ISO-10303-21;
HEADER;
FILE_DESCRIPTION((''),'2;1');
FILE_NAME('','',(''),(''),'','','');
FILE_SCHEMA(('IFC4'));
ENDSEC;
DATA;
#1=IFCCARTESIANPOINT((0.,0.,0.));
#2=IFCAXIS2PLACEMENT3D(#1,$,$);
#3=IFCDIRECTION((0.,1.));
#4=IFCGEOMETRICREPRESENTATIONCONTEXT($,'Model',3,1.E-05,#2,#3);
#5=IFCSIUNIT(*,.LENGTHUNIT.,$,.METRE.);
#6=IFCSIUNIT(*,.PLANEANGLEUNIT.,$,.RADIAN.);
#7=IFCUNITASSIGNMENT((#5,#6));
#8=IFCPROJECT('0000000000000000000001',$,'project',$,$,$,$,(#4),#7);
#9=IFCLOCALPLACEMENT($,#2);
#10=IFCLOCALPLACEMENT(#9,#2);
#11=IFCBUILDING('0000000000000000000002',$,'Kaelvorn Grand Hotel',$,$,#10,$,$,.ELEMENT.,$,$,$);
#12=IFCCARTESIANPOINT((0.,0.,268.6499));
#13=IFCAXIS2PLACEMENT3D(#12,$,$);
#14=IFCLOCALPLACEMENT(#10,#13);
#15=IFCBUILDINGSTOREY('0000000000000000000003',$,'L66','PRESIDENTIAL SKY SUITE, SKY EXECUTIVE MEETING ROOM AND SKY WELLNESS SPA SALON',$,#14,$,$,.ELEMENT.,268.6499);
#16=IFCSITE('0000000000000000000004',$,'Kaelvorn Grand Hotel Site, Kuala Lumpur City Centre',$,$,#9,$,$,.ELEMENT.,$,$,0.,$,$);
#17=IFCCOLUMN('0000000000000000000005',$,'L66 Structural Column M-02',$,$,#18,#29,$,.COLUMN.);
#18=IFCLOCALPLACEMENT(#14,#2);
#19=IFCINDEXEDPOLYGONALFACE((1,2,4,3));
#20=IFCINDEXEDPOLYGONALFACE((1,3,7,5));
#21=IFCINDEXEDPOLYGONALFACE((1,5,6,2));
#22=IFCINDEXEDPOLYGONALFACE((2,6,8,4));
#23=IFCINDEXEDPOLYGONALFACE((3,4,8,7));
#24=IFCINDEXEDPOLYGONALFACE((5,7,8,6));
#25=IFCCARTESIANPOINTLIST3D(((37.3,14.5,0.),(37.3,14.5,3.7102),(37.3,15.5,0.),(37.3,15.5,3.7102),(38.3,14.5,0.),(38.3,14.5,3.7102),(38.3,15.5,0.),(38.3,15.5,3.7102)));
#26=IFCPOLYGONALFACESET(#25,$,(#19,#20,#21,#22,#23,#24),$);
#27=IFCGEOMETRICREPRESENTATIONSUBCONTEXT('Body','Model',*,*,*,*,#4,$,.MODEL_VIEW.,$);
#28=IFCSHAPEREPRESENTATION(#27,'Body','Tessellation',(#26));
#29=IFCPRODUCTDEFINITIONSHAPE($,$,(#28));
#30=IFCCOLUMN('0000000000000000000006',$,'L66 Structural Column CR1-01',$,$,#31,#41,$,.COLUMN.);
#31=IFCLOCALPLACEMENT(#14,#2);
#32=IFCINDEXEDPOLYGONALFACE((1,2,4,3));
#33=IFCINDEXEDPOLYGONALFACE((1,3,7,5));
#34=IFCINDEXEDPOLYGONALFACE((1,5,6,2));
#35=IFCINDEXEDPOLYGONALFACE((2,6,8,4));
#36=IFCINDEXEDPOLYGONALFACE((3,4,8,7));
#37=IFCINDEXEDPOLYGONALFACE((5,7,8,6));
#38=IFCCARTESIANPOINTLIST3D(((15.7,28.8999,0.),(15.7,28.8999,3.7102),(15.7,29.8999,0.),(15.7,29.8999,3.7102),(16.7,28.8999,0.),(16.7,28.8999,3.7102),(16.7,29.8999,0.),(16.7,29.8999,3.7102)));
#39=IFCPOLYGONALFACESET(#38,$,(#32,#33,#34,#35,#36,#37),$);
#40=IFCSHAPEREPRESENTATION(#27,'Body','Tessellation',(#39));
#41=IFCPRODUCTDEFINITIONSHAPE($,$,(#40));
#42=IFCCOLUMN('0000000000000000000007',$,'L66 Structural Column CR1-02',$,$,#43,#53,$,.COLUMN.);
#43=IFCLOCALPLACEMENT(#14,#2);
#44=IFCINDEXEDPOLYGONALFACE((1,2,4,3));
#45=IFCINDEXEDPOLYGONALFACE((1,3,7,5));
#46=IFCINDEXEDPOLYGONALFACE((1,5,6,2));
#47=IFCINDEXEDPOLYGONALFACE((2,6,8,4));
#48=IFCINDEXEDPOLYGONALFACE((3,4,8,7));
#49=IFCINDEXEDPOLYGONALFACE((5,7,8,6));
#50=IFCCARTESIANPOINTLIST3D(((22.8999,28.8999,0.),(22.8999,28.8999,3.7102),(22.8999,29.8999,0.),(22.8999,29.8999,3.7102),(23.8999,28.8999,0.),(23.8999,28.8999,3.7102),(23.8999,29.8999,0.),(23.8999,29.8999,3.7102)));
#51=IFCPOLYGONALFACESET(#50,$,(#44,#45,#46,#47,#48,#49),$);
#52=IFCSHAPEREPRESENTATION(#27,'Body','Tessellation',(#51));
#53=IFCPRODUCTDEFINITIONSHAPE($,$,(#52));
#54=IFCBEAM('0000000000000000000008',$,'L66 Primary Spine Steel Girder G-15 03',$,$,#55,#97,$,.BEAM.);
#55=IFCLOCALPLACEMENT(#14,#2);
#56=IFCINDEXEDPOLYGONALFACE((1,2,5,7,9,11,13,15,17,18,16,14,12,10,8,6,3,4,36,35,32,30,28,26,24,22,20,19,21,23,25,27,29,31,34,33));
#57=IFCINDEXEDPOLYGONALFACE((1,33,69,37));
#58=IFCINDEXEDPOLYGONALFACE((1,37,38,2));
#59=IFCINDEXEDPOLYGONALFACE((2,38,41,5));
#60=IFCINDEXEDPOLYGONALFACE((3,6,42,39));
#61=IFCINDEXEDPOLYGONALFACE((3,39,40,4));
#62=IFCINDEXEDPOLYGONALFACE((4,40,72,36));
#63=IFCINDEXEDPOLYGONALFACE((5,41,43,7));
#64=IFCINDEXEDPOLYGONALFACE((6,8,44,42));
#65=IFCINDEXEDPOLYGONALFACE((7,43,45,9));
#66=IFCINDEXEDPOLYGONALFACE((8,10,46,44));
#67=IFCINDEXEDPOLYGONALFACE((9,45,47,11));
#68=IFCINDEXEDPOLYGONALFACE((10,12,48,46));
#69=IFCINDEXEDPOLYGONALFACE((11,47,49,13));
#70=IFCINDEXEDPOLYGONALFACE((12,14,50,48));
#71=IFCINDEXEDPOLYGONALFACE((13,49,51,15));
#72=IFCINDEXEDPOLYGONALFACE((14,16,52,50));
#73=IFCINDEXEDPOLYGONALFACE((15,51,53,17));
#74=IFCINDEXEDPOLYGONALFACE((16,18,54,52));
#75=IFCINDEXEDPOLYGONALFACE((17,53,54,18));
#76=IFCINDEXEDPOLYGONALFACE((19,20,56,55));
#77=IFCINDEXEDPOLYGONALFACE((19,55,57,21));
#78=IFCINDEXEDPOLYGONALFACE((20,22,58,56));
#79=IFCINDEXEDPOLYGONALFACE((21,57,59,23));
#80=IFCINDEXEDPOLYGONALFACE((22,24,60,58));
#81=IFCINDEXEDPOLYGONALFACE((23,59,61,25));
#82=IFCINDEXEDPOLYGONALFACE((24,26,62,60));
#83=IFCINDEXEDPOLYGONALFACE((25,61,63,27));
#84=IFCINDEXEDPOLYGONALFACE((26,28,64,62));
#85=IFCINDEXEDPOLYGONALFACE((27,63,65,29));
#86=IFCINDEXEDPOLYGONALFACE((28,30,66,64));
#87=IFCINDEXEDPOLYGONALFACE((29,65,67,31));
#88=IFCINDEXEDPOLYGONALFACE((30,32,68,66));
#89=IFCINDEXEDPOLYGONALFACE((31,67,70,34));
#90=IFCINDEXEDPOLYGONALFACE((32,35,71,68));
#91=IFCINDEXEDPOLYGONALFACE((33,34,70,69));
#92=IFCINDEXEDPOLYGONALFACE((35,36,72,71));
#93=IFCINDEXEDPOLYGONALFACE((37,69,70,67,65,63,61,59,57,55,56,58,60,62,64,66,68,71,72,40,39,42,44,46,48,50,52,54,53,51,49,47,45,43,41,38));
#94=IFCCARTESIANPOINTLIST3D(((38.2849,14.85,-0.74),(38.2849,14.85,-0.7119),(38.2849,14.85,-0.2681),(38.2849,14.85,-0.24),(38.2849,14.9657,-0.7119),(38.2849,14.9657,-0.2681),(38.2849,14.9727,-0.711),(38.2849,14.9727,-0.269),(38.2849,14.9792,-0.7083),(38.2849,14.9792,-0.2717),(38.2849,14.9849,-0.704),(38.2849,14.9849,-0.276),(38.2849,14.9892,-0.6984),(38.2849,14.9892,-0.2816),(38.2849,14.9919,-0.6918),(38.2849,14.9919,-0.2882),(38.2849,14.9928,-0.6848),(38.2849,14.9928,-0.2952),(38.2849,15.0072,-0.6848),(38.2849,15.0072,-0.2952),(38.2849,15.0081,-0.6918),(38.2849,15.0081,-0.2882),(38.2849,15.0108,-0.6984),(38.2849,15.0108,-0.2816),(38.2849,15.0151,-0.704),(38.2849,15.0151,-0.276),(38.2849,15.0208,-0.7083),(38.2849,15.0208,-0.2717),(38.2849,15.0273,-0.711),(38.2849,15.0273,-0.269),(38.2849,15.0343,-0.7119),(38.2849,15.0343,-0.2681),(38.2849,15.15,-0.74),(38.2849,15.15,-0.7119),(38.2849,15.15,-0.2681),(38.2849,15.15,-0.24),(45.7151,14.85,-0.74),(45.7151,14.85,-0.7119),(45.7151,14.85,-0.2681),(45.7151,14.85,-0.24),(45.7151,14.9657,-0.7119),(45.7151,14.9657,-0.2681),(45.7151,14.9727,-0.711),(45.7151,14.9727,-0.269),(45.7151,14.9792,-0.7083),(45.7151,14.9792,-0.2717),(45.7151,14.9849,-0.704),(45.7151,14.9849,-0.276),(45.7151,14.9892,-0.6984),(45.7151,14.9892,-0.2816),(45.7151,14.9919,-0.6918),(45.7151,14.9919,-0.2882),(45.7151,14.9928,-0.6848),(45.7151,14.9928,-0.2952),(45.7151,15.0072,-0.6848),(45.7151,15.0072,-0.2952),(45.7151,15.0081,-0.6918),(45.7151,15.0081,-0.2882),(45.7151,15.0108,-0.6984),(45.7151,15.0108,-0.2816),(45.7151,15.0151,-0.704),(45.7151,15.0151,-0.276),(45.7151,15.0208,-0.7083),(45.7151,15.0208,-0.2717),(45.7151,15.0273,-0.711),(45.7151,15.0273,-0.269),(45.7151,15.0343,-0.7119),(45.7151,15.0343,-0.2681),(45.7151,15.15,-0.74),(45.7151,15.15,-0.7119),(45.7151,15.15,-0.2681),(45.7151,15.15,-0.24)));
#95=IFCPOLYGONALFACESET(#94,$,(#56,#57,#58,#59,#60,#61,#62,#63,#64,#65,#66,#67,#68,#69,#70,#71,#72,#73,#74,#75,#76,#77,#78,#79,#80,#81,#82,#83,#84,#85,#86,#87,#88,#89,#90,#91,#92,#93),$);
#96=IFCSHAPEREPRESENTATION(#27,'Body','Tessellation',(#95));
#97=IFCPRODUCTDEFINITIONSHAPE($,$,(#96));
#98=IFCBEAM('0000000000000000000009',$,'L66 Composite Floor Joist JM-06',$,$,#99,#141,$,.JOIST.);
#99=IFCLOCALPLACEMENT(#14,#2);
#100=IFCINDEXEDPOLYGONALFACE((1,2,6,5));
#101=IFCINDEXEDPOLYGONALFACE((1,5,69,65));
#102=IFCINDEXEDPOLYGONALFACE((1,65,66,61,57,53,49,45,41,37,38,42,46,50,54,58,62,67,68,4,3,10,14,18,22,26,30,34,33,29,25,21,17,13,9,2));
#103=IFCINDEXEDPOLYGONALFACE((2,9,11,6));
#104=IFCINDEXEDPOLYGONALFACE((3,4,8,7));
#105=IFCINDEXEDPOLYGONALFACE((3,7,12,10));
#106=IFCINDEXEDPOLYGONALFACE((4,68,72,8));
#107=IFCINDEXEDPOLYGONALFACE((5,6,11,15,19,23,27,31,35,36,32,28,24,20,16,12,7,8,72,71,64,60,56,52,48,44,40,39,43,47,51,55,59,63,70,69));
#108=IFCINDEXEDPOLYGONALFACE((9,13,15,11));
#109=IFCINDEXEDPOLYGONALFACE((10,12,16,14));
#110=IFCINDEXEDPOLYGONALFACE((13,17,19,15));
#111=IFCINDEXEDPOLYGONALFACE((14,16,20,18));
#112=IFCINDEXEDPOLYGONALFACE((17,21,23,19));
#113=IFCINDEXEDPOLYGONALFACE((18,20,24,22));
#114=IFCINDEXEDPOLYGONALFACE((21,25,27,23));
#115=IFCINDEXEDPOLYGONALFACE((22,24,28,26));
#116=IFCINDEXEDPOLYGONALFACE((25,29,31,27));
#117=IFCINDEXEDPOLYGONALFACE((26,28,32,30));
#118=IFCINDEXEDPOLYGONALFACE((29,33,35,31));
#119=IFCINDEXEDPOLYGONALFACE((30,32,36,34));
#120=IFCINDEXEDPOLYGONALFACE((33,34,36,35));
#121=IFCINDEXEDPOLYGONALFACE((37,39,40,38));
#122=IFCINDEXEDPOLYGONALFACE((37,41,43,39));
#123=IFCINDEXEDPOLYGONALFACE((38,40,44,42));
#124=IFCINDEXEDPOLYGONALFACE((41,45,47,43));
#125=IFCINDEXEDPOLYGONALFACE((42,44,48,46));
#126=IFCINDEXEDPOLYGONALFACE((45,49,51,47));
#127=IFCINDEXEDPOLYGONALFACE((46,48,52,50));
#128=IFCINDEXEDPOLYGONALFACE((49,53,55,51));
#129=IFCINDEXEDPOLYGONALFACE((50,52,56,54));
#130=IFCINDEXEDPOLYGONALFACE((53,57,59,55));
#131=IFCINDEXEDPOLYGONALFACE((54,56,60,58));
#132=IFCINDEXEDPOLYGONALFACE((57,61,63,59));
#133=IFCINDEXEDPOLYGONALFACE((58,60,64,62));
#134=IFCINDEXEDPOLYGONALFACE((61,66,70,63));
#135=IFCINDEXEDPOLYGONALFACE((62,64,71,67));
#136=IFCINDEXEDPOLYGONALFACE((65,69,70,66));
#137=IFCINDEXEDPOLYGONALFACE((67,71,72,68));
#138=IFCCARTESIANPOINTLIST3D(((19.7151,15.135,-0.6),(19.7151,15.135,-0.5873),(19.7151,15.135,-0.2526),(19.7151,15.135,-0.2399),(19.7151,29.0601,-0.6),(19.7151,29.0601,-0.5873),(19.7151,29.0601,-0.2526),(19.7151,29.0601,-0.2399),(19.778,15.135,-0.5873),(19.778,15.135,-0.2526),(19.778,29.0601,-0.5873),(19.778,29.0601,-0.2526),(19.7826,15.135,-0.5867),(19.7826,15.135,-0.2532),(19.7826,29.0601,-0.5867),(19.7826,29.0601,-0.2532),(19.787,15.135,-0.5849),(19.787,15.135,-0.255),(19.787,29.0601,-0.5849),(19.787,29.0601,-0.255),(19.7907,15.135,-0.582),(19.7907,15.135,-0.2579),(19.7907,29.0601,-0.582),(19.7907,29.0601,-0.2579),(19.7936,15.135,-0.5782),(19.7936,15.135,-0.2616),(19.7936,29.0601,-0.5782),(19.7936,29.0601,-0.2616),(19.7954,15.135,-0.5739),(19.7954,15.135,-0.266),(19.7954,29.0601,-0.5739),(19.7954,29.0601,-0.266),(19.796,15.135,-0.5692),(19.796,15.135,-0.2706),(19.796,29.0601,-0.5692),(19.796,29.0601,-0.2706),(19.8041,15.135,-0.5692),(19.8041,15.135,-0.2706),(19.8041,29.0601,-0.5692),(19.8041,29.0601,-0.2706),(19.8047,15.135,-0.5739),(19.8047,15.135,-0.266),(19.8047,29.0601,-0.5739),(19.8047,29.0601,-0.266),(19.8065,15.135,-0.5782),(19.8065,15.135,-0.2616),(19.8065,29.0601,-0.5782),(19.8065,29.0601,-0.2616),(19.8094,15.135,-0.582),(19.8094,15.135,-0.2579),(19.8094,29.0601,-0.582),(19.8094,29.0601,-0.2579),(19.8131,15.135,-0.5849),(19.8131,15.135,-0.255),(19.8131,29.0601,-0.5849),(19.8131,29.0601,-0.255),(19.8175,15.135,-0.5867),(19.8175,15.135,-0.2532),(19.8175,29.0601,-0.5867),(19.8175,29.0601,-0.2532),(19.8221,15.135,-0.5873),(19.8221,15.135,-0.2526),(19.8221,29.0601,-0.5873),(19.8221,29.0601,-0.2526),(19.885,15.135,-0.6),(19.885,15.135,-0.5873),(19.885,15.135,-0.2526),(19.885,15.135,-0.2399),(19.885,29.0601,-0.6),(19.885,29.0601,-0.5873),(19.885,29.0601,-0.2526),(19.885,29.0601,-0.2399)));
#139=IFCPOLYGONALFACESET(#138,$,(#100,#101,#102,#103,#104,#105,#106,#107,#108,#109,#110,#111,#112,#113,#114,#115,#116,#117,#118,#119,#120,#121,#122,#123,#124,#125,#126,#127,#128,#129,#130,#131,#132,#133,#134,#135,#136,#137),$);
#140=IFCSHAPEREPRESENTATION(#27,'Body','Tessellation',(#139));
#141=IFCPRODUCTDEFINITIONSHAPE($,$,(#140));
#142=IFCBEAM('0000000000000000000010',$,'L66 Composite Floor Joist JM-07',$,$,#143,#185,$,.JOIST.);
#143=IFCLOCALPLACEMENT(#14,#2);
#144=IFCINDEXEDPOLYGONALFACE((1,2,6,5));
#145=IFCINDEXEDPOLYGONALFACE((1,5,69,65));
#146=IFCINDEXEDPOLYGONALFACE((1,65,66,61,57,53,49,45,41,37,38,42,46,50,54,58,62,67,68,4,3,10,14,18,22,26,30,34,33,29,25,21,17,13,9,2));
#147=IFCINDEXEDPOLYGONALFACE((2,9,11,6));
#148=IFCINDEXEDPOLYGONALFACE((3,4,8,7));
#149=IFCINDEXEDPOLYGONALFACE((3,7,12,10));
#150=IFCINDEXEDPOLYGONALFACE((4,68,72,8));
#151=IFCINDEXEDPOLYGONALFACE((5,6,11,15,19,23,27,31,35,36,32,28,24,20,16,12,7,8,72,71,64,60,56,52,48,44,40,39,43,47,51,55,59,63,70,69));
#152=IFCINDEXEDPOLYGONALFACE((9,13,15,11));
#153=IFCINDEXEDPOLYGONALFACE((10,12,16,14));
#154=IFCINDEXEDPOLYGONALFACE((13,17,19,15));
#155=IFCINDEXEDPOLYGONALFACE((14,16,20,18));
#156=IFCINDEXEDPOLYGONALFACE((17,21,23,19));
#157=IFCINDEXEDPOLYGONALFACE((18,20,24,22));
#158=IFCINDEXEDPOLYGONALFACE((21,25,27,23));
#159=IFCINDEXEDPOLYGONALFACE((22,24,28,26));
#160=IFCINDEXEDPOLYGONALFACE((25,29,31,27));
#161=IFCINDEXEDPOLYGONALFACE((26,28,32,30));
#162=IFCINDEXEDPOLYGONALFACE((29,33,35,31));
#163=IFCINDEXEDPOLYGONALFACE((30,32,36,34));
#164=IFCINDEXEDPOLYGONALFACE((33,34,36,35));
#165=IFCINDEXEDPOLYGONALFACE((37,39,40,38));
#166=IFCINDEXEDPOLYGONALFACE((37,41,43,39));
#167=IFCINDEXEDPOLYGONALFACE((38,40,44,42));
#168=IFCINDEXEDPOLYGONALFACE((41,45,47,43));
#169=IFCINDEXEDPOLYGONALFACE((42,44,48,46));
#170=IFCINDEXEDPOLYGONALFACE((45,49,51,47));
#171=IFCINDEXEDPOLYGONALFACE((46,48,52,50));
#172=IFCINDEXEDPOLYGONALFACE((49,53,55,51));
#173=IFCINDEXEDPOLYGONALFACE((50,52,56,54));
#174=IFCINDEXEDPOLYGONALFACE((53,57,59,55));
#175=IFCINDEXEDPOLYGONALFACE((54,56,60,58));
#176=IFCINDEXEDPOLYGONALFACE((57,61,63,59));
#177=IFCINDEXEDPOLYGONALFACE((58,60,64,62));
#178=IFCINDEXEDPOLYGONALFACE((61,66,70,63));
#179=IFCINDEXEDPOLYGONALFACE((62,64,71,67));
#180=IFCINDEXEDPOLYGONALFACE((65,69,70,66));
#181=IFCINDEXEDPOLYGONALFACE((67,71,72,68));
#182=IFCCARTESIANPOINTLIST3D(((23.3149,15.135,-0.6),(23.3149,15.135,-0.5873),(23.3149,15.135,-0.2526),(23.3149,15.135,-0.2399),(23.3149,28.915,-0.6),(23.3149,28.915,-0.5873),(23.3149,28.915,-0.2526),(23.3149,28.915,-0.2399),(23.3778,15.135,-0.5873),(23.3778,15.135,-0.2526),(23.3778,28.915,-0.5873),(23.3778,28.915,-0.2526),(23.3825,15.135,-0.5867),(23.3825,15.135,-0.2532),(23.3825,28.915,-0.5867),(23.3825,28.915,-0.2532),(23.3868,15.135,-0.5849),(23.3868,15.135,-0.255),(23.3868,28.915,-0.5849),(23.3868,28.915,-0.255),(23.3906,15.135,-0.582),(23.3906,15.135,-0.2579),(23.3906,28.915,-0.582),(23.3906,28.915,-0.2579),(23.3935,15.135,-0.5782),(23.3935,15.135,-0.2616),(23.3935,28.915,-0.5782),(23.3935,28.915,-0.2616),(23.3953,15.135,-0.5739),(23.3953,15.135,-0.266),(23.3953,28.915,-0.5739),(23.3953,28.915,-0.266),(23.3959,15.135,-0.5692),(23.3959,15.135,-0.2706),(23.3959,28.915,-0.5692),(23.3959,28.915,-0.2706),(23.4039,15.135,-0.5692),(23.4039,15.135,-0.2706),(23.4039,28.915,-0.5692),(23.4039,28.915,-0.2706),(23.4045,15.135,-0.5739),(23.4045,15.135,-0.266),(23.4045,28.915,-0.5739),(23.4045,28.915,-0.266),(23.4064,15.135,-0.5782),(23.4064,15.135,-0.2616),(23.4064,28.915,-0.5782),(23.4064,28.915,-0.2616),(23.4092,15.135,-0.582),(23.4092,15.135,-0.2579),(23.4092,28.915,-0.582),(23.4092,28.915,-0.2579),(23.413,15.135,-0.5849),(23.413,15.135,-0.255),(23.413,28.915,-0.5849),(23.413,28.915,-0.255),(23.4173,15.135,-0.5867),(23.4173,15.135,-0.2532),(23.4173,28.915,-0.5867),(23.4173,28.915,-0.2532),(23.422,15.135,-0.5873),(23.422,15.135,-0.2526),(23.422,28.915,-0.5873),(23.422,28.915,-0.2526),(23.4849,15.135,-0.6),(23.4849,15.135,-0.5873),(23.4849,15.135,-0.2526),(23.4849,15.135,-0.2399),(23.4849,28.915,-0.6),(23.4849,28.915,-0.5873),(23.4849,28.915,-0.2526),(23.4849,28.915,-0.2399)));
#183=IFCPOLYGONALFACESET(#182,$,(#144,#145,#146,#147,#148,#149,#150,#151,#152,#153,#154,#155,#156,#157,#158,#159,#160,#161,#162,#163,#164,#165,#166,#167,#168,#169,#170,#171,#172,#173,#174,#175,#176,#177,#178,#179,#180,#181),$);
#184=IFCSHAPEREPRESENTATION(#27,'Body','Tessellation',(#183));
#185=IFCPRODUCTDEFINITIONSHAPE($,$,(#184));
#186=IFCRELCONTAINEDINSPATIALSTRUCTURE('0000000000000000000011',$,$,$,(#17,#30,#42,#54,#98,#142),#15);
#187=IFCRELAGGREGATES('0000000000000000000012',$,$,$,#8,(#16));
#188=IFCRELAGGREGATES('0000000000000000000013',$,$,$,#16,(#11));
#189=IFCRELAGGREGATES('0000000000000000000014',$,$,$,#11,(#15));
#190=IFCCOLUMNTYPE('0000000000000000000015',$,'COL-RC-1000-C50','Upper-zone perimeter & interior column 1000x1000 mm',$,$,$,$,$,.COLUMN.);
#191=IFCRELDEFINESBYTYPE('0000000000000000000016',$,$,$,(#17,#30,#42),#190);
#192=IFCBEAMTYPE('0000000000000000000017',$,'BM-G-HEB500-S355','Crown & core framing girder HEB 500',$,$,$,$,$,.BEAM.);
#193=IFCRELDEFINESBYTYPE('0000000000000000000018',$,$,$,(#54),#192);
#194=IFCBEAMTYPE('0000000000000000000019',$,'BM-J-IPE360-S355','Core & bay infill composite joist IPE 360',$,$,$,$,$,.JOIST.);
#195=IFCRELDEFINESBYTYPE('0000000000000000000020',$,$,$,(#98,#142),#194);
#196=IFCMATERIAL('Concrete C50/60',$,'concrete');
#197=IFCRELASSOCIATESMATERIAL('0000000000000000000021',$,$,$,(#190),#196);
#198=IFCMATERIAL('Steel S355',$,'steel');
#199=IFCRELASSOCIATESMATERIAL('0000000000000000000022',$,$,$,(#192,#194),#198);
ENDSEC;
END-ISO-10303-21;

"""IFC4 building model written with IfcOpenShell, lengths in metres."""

from ifc_helpers import new_model, si_unit, direction, frame, origin, origin_2d, place, context, subcontext, project, spatial, rectangle, i_section, extrude, material, material_profile, profile_set, type_object, element, save


model = new_model("IFC4")

# Units and contexts
model_context = context("Model", 3, precision=1e-05, world=origin(), true_north=direction((0.0, 1.0)))
body_context = subcontext(model_context, "Body", "Model", "MODEL_VIEW")
ifc_project = project(units=[si_unit("LENGTHUNIT", "METRE"), si_unit("PLANEANGLEUNIT", "RADIAN")], contexts=[model_context])

# Site, building, storey
site_placement = place(None, origin())
site = spatial("IfcSite", under=ifc_project, at=site_placement, Name="Kaelvorn Grand Hotel Site, Kuala Lumpur City Centre", CompositionType="ELEMENT", RefElevation=0.0)
building_placement = place(site_placement, origin())
building = spatial("IfcBuilding", under=site, at=building_placement, Name="Kaelvorn Grand Hotel", CompositionType="ELEMENT")
storey_placement = place(building_placement, frame((0.0, 0.0, 268.6499)))
storey = spatial("IfcBuildingStorey", under=building, at=storey_placement, Name="L66", Description="PRESIDENTIAL SKY SUITE, SKY EXECUTIVE MEETING ROOM AND SKY WELLNESS SPA SALON", CompositionType="ELEMENT", Elevation=268.6499)

# Columns
ifc_material_1 = material(Name="Concrete C50/60", Category="concrete")
ifc_material_profile_1 = material_profile(ifc_material_1, rectangle(XDim=1.0, YDim=1.0, at=origin_2d()), Name="RC COL 1000x1000")
ifc_profile_set_1 = profile_set([ifc_material_profile_1], Name="Concrete C50/60")
column_type = type_object("IfcColumnType", Name="COL-RC-1000-C50", Description="Upper-zone perimeter & interior column 1000x1000 mm", PredefinedType="COLUMN", material=ifc_profile_set_1)
for number, where, z_axis, x_axis, name in (
    (1, (37.8, 15.0, 0.0), (0.0, 0.0, 1.0), (1.0, 0.0, 0.0), "L66 Structural Column M-02"),
    (2, (16.2, 29.3999, 0.0), (0.0, 0.0, 1.0), (1.0, 0.0, 0.0), "L66 Structural Column CR1-01"),
    (3, (23.3999, 29.3999, 0.0), (0.0, 0.0, 1.0), (1.0, 0.0, 0.0), "L66 Structural Column CR1-02"),
):
    element("IfcColumn", number, at=place(storey_placement, frame(where, z_axis=z_axis, x_axis=x_axis)), inside=storey, type_object=column_type, Name=name, PredefinedType="COLUMN", context=body_context, shape_type="SweptSolid", body=[
        extrude(rectangle(XDim=1.0, YDim=1.0, at=origin_2d()), origin(), (0.0, 0.0, 1.0), 3.7102),
    ])

# Beams
ifc_material_2 = material(Name="Steel S355", Category="steel")
ifc_material_profile_2 = material_profile(ifc_material_2, i_section(OverallWidth=0.3, OverallDepth=0.5, WebThickness=0.0144, FlangeThickness=0.0281, FilletRadius=0.0271, at=origin_2d()), Name="HEB 500")
ifc_profile_set_2 = profile_set([ifc_material_profile_2], Name="Steel S355")
beam_type_1 = type_object("IfcBeamType", Name="BM-G-HEB500-S355", Description="Crown & core framing girder HEB 500", PredefinedType="BEAM", material=ifc_profile_set_2)
beam_1_placement = place(storey_placement, frame((38.2849, 15.0, -0.49), z_axis=(1.0, 0.0, 0.0), x_axis=(0.0, 1.0, 0.0)))
element("IfcBeam", 4, at=beam_1_placement, inside=storey, type_object=beam_type_1, Name="L66 Primary Spine Steel Girder G-15 03", PredefinedType="BEAM", context=body_context, shape_type="SweptSolid", body=[
    extrude(i_section(OverallWidth=0.3, OverallDepth=0.5, WebThickness=0.0144, FlangeThickness=0.0281, FilletRadius=0.0271, at=origin_2d()), origin(), (0.0, 0.0, 1.0), 7.4302),
])
ifc_material_profile_3 = material_profile(ifc_material_2, i_section(OverallWidth=0.1699, OverallDepth=0.3601, WebThickness=0.0081, FlangeThickness=0.0127, FilletRadius=0.0181, at=origin_2d()), Name="IPE 360")
ifc_profile_set_3 = profile_set([ifc_material_profile_3], Name="Steel S355")
beam_type_2 = type_object("IfcBeamType", Name="BM-J-IPE360-S355", Description="Core & bay infill composite joist IPE 360", PredefinedType="JOIST", material=ifc_profile_set_3)
beam_2_placement = place(storey_placement, frame((19.8, 15.135, -0.4199), z_axis=(0.0, 1.0, 0.0), x_axis=(-1.0, 0.0, 0.0)))
element("IfcBeam", 5, at=beam_2_placement, inside=storey, type_object=beam_type_2, Name="L66 Composite Floor Joist JM-06", PredefinedType="JOIST", context=body_context, shape_type="SweptSolid", body=[
    extrude(i_section(OverallWidth=0.1699, OverallDepth=0.3601, WebThickness=0.0081, FlangeThickness=0.0127, FilletRadius=0.0181, at=origin_2d()), origin(), (0.0, 0.0, 1.0), 13.925),
])
beam_3_placement = place(storey_placement, frame((23.3999, 15.135, -0.4199), z_axis=(0.0, 1.0, 0.0), x_axis=(-1.0, 0.0, 0.0)))
element("IfcBeam", 6, at=beam_3_placement, inside=storey, type_object=beam_type_2, Name="L66 Composite Floor Joist JM-07", PredefinedType="JOIST", context=body_context, shape_type="SweptSolid", body=[
    extrude(i_section(OverallWidth=0.1699, OverallDepth=0.3601, WebThickness=0.0081, FlangeThickness=0.0127, FilletRadius=0.0181, at=origin_2d()), origin(), (0.0, 0.0, 1.0), 13.78),
])

save(model, "model.ifc")
